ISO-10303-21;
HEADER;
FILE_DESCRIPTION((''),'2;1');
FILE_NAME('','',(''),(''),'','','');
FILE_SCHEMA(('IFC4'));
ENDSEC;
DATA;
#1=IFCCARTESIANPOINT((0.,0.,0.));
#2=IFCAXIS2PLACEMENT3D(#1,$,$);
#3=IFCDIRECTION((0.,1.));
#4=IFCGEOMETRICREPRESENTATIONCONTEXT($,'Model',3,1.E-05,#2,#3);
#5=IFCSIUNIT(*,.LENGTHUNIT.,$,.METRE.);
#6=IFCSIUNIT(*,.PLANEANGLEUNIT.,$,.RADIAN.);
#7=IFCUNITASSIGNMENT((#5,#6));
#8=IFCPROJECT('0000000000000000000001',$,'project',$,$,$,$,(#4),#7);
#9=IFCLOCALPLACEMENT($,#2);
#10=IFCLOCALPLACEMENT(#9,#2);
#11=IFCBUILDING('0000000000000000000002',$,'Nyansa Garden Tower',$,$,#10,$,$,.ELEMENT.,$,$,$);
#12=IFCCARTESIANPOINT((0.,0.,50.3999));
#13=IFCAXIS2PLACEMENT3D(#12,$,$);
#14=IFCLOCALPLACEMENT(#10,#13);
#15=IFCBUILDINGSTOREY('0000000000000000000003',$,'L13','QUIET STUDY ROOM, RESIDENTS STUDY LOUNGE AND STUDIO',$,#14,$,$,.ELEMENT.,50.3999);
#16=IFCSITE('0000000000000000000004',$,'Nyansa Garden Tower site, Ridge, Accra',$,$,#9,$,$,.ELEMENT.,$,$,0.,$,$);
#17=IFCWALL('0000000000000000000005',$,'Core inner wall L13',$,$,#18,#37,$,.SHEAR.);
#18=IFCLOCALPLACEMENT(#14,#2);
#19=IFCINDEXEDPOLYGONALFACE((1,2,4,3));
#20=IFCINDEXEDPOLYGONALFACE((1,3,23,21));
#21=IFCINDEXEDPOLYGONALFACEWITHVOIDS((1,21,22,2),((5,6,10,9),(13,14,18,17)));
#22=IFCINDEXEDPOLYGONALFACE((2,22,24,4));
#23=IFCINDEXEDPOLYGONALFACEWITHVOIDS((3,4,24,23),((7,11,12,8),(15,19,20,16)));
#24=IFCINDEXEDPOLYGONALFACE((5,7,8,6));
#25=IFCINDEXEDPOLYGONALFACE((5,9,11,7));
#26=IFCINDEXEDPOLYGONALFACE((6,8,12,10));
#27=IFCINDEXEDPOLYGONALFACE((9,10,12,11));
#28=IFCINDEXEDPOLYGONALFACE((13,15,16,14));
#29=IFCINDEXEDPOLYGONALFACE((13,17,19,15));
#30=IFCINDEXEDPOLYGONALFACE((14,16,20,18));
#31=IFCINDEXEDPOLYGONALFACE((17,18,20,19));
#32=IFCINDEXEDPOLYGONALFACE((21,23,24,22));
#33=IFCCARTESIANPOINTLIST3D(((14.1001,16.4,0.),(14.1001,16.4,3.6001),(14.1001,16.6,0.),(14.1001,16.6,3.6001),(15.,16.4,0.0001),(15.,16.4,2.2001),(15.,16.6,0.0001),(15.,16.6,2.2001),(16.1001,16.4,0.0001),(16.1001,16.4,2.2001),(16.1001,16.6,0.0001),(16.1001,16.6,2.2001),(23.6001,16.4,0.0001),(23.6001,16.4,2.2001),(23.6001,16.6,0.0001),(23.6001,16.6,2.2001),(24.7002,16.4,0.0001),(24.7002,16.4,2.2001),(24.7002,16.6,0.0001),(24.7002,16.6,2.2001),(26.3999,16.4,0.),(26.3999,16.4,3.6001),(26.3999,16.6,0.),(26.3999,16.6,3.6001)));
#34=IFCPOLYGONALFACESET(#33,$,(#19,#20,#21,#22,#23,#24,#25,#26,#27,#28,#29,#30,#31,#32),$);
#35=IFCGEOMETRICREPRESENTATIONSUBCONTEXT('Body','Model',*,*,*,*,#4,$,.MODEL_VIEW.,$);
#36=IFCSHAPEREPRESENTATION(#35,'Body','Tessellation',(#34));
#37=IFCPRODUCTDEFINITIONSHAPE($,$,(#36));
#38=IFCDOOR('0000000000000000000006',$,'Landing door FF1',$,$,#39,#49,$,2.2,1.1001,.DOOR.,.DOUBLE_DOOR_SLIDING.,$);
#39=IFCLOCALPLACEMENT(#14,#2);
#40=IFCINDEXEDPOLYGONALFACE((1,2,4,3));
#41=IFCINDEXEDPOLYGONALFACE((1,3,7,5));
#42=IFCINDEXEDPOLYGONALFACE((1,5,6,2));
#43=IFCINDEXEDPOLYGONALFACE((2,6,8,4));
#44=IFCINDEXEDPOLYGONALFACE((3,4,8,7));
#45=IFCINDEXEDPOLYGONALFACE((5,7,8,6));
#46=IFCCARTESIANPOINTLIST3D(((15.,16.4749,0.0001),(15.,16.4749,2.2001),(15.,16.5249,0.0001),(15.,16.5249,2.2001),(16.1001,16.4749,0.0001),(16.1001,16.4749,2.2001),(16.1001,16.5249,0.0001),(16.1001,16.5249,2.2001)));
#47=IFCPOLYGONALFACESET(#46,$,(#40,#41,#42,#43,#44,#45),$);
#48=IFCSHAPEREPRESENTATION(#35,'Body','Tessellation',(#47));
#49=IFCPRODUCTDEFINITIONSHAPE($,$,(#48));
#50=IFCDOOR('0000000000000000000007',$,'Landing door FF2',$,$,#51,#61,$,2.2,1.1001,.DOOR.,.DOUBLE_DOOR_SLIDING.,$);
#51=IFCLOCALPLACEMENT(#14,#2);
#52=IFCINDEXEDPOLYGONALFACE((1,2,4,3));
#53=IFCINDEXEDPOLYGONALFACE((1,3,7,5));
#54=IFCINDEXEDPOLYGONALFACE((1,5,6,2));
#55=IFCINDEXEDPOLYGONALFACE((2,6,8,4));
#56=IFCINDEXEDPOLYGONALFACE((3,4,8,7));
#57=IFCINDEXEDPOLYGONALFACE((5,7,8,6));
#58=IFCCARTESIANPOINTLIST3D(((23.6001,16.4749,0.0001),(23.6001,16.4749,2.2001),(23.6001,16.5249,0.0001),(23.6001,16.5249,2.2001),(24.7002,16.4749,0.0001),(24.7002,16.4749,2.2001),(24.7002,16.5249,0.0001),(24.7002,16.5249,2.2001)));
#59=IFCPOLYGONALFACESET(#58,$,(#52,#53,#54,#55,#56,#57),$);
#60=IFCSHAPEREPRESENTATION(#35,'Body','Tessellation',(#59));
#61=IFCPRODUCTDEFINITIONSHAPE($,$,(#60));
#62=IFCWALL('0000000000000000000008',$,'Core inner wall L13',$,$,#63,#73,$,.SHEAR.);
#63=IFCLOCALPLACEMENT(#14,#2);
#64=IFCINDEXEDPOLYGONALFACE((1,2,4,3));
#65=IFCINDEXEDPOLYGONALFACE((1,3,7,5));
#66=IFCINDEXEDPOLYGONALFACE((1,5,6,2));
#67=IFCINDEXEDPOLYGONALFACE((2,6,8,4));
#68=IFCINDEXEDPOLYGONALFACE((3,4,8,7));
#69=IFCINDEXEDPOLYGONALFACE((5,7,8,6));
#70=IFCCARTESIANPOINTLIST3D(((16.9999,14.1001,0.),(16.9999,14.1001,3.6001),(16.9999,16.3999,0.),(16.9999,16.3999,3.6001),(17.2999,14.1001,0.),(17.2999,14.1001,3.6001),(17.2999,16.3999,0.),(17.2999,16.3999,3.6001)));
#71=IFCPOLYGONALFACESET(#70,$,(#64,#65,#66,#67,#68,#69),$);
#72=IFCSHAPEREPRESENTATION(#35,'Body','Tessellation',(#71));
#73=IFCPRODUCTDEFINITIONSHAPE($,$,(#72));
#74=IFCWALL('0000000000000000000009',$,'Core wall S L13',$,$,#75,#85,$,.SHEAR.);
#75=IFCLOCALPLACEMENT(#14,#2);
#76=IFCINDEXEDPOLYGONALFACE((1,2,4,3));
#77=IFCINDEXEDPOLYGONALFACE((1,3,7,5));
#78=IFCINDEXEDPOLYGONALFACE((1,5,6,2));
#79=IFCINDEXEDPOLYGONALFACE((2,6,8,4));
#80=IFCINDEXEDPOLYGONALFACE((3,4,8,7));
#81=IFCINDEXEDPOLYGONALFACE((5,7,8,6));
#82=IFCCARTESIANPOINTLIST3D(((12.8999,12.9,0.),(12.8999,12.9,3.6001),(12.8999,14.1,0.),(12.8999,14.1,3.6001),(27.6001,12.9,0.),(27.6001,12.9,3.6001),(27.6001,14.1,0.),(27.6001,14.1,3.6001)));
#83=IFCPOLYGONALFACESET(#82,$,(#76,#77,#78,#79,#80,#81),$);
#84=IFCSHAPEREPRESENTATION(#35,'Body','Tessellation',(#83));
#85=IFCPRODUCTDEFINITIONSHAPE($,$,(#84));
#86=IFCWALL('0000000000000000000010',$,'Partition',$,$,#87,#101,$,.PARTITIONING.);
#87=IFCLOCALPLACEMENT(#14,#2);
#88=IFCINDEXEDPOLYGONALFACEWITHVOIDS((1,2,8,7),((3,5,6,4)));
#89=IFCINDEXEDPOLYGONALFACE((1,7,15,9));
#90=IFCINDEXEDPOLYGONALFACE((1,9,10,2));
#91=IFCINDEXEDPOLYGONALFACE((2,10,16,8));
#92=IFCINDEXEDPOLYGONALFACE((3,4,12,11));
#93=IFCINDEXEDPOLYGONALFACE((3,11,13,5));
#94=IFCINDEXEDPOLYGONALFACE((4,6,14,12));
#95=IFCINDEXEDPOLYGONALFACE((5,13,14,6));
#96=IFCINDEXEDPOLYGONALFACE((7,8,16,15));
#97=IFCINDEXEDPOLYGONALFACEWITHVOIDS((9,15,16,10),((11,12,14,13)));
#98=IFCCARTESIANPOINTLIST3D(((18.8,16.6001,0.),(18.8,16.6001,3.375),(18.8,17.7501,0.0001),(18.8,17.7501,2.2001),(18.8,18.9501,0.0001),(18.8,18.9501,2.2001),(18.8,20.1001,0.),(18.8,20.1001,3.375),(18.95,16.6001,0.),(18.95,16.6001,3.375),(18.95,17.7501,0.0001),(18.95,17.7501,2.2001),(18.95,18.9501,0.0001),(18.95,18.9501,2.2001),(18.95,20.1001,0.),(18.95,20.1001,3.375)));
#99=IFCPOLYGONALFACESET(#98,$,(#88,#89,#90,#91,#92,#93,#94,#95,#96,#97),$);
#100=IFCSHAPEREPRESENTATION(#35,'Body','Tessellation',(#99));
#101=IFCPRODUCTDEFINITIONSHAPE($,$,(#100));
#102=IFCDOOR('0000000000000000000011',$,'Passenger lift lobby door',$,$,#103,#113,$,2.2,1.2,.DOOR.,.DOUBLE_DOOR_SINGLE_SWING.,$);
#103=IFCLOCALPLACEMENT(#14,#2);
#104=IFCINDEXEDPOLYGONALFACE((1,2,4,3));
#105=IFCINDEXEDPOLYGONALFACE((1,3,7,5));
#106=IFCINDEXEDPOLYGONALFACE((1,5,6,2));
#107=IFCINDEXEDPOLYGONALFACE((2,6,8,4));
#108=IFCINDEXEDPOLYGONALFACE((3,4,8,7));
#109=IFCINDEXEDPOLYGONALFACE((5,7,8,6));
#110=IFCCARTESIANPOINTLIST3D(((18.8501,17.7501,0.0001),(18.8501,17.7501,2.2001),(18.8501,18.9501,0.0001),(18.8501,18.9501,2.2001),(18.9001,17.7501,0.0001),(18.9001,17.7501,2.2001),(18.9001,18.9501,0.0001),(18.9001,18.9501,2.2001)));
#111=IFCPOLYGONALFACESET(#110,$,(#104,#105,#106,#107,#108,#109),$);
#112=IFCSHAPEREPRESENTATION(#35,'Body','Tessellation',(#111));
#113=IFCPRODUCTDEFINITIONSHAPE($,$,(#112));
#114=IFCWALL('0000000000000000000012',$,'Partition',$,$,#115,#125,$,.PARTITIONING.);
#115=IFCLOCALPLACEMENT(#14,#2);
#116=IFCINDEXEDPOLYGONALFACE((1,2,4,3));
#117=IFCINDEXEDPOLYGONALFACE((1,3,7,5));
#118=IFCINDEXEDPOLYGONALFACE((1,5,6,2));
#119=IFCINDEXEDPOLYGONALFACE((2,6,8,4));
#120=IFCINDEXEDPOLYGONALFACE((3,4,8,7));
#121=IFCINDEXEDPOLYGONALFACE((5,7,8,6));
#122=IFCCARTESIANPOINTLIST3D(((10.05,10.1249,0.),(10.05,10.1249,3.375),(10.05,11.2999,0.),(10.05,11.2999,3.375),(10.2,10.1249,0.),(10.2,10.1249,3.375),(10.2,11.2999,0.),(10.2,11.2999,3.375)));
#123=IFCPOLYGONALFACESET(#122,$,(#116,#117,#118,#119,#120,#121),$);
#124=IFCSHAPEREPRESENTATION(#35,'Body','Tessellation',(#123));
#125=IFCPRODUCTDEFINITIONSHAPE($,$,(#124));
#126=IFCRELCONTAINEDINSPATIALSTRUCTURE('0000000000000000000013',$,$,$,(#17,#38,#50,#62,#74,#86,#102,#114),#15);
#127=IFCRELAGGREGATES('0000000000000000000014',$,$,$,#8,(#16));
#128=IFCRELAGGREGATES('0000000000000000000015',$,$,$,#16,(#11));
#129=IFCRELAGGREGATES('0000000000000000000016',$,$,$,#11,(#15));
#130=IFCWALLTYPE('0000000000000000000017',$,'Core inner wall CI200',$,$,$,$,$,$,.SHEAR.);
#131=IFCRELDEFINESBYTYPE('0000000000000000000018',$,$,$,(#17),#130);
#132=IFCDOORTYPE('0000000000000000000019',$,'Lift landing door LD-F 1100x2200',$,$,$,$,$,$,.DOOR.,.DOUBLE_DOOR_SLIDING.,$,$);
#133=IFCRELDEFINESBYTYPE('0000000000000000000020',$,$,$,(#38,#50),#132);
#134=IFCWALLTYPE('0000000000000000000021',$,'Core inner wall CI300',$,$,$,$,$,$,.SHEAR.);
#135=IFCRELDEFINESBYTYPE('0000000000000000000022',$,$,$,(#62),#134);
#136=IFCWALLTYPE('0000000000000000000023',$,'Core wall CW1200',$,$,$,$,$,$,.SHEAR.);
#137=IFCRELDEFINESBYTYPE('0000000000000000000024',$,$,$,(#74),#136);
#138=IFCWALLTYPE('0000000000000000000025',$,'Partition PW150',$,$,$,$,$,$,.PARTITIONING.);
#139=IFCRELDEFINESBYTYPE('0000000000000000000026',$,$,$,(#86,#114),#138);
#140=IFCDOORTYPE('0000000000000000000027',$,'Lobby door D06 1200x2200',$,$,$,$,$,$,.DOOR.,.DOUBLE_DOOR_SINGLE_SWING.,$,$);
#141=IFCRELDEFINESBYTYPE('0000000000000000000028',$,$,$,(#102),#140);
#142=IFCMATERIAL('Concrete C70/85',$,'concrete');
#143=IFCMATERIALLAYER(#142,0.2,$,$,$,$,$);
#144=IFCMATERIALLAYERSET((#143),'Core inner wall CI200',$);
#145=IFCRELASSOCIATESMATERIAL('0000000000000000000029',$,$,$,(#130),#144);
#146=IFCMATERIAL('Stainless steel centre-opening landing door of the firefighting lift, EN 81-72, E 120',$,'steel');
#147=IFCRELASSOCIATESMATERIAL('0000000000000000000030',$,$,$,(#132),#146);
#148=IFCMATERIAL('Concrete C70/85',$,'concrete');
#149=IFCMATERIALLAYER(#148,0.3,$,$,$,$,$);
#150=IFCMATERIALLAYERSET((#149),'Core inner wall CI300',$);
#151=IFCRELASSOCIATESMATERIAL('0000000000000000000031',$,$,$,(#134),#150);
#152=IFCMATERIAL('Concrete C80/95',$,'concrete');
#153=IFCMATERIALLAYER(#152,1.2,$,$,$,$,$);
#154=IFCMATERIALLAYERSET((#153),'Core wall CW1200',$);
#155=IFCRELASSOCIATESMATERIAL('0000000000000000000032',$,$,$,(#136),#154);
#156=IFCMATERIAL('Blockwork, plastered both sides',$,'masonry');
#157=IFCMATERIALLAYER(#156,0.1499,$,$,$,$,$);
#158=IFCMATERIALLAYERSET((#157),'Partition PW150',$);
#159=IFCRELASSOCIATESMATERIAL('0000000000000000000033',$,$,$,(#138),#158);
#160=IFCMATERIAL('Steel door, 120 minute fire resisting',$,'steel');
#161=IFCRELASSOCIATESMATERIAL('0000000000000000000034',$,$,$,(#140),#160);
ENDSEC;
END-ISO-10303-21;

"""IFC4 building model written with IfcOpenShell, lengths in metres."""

from ifc_helpers import new_model, si_unit, direction, frame, frame_2d, origin, place, context, subcontext, project, spatial, rectangle, extrude, material, layer, layer_set, type_object, element, fill, save


model = new_model("IFC4")

# Units and contexts
model_context = context("Model", 3, precision=1e-05, world=origin(), true_north=direction((0.0, 1.0)))
body_context = subcontext(model_context, "Body", "Model", "MODEL_VIEW")
ifc_project = project(units=[si_unit("LENGTHUNIT", "METRE"), si_unit("PLANEANGLEUNIT", "RADIAN")], contexts=[model_context])

# Site, building, storey
site_placement = place(None, origin())
site = spatial("IfcSite", under=ifc_project, at=site_placement, Name="Nyansa Garden Tower site, Ridge, Accra", CompositionType="ELEMENT", RefElevation=0.0)
building_placement = place(site_placement, origin())
building = spatial("IfcBuilding", under=site, at=building_placement, Name="Nyansa Garden Tower", CompositionType="ELEMENT")
storey_placement = place(building_placement, frame((0.0, 0.0, 50.3999)))
storey = spatial("IfcBuildingStorey", under=building, at=storey_placement, Name="L13", Description="QUIET STUDY ROOM, RESIDENTS STUDY LOUNGE AND STUDIO", CompositionType="ELEMENT", Elevation=50.3999)

# Wall, openings, doors
ifc_material_1 = material(Name="Concrete C70/85", Category="concrete")
ifc_layer_1 = layer(ifc_material_1, 0.2)
ifc_layer_set_1 = layer_set([ifc_layer_1], Name="Core inner wall CI200")
wall_type_1 = type_object("IfcWallType", Name="Core inner wall CI200", PredefinedType="SHEAR", material=ifc_layer_set_1)
wall_1_placement = place(storey_placement, frame((14.1001, 16.5, 0.0), z_axis=(0.0, 0.0, 1.0), x_axis=(1.0, 0.0, 0.0)))
wall_1 = element("IfcWall", 1, at=wall_1_placement, inside=storey, type_object=wall_type_1, Name="Core inner wall L13", PredefinedType="SHEAR", context=body_context, shape_type="SweptSolid", body=[
    extrude(rectangle(XDim=12.2998, YDim=0.2, at=frame_2d((6.1499, 0.0))), origin(), (0.0, 0.0, 1.0), 3.6001),
])
opening_1_placement = place(wall_1_placement, frame((0.8999, 0.0, 0.0)))
opening_1 = element("IfcOpeningElement", 2, at=opening_1_placement, cuts=wall_1, PredefinedType="OPENING", context=body_context, shape_type="SweptSolid", body=[
    extrude(rectangle(XDim=1.1001, YDim=2.2, at=frame_2d((0.55, 1.1001))), frame((0.0, 0.1099, 0.0), z_axis=(0.0, -1.0, 0.0), x_axis=(1.0, 0.0, 0.0)), (0.0, 0.0, 1.0), 0.22),
])
opening_2_placement = place(wall_1_placement, frame((9.5, 0.0, 0.0)))
opening_2 = element("IfcOpeningElement", 3, at=opening_2_placement, cuts=wall_1, PredefinedType="OPENING", context=body_context, shape_type="SweptSolid", body=[
    extrude(rectangle(XDim=1.1001, YDim=2.2, at=frame_2d((0.55, 1.1001))), frame((0.0, 0.1099, 0.0), z_axis=(0.0, -1.0, 0.0), x_axis=(1.0, 0.0, 0.0)), (0.0, 0.0, 1.0), 0.22),
])
ifc_material_2 = material(Name="Stainless steel centre-opening landing door of the firefighting lift, EN 81-72, E 120", Category="steel")
door_type_1 = type_object("IfcDoorType", Name="Lift landing door LD-F 1100x2200", OperationType="DOUBLE_DOOR_SLIDING", PredefinedType="DOOR", material=ifc_material_2)
door_1_placement = place(opening_1_placement, origin())
door_1 = element("IfcDoor", 4, at=door_1_placement, inside=storey, type_object=door_type_1, Name="Landing door FF1", OperationType="DOUBLE_DOOR_SLIDING", OverallHeight=2.2, OverallWidth=1.1001, PredefinedType="DOOR", context=body_context, shape_type="SweptSolid", body=[
    extrude(rectangle(XDim=1.1001, YDim=2.2, at=frame_2d((0.55, 1.1001))), frame((0.0, 0.0249, 0.0), z_axis=(0.0, -1.0, 0.0), x_axis=(1.0, 0.0, 0.0)), (0.0, 0.0, 1.0), 0.05),
])
fill(opening_1, door_1)
door_2_placement = place(opening_2_placement, origin())
door_2 = element("IfcDoor", 5, at=door_2_placement, inside=storey, type_object=door_type_1, Name="Landing door FF2", OperationType="DOUBLE_DOOR_SLIDING", OverallHeight=2.2, OverallWidth=1.1001, PredefinedType="DOOR", context=body_context, shape_type="SweptSolid", body=[
    extrude(rectangle(XDim=1.1001, YDim=2.2, at=frame_2d((0.55, 1.1001))), frame((0.0, 0.0249, 0.0), z_axis=(0.0, -1.0, 0.0), x_axis=(1.0, 0.0, 0.0)), (0.0, 0.0, 1.0), 0.05),
])
fill(opening_2, door_2)

# Walls
ifc_material_3 = material(Name="Concrete C70/85", Category="concrete")
ifc_layer_2 = layer(ifc_material_3, 0.3)
ifc_layer_set_2 = layer_set([ifc_layer_2], Name="Core inner wall CI300")
wall_type_2 = type_object("IfcWallType", Name="Core inner wall CI300", PredefinedType="SHEAR", material=ifc_layer_set_2)
wall_2_placement = place(storey_placement, frame((17.1499, 14.1001, 0.0), z_axis=(0.0, 0.0, 1.0), x_axis=(0.0, 1.0, 0.0)))
element("IfcWall", 6, at=wall_2_placement, inside=storey, type_object=wall_type_2, Name="Core inner wall L13", PredefinedType="SHEAR", context=body_context, shape_type="SweptSolid", body=[
    extrude(rectangle(XDim=2.2998, YDim=0.3, at=frame_2d((1.1499, 0.0))), origin(), (0.0, 0.0, 1.0), 3.6001),
])
ifc_material_4 = material(Name="Concrete C80/95", Category="concrete")
ifc_layer_3 = layer(ifc_material_4, 1.2)
ifc_layer_set_3 = layer_set([ifc_layer_3], Name="Core wall CW1200")
wall_type_3 = type_object("IfcWallType", Name="Core wall CW1200", PredefinedType="SHEAR", material=ifc_layer_set_3)
wall_3_placement = place(storey_placement, frame((12.8999, 13.5, 0.0), z_axis=(0.0, 0.0, 1.0), x_axis=(1.0, 0.0, 0.0)))
element("IfcWall", 7, at=wall_3_placement, inside=storey, type_object=wall_type_3, Name="Core wall S L13", PredefinedType="SHEAR", context=body_context, shape_type="SweptSolid", body=[
    extrude(rectangle(XDim=14.7002, YDim=1.2, at=frame_2d((7.3501, 0.0))), origin(), (0.0, 0.0, 1.0), 3.6001),
])

# Wall, opening, door
ifc_material_5 = material(Name="Blockwork, plastered both sides", Category="masonry")
ifc_layer_4 = layer(ifc_material_5, 0.1499)
ifc_layer_set_4 = layer_set([ifc_layer_4], Name="Partition PW150")
wall_type_4 = type_object("IfcWallType", Name="Partition PW150", PredefinedType="PARTITIONING", material=ifc_layer_set_4)
wall_4_placement = place(storey_placement, frame((18.875, 16.6001, 0.0), z_axis=(0.0, 0.0, 1.0), x_axis=(0.0, 1.0, 0.0)))
wall_4 = element("IfcWall", 8, at=wall_4_placement, inside=storey, type_object=wall_type_4, Name="Partition", PredefinedType="PARTITIONING", context=body_context, shape_type="SweptSolid", body=[
    extrude(rectangle(XDim=3.5, YDim=0.1499, at=frame_2d((1.75, 0.0))), origin(), (0.0, 0.0, 1.0), 3.375),
])
opening_3_placement = place(wall_4_placement, frame((1.1499, 0.0, 0.0)))
opening_3 = element("IfcOpeningElement", 9, at=opening_3_placement, cuts=wall_4, PredefinedType="OPENING", context=body_context, shape_type="SweptSolid", body=[
    extrude(rectangle(XDim=1.2, YDim=2.2, at=frame_2d((0.6001, 1.1001))), frame((0.0, 0.085, 0.0), z_axis=(0.0, -1.0, 0.0), x_axis=(1.0, 0.0, 0.0)), (0.0, 0.0, 1.0), 0.1699),
])
ifc_material_6 = material(Name="Steel door, 120 minute fire resisting", Category="steel")
door_type_2 = type_object("IfcDoorType", Name="Lobby door D06 1200x2200", OperationType="DOUBLE_DOOR_SINGLE_SWING", PredefinedType="DOOR", material=ifc_material_6)
door_3_placement = place(opening_3_placement, origin())
door_3 = element("IfcDoor", 10, at=door_3_placement, inside=storey, type_object=door_type_2, Name="Passenger lift lobby door", OperationType="DOUBLE_DOOR_SINGLE_SWING", OverallHeight=2.2, OverallWidth=1.2, PredefinedType="DOOR", context=body_context, shape_type="SweptSolid", body=[
    extrude(rectangle(XDim=1.2, YDim=2.2, at=frame_2d((0.6001, 1.1001))), frame((0.0, 0.0249, 0.0), z_axis=(0.0, -1.0, 0.0), x_axis=(1.0, 0.0, 0.0)), (0.0, 0.0, 1.0), 0.05),
])
fill(opening_3, door_3)

# Wall
wall_5_placement = place(storey_placement, frame((10.125, 10.125, 0.0), z_axis=(0.0, 0.0, 1.0), x_axis=(0.0, 1.0, 0.0)))
element("IfcWall", 11, at=wall_5_placement, inside=storey, type_object=wall_type_4, Name="Partition", PredefinedType="PARTITIONING", context=body_context, shape_type="SweptSolid", body=[
    extrude(rectangle(XDim=1.175, YDim=0.1499, at=frame_2d((0.5874, 0.0))), origin(), (0.0, 0.0, 1.0), 3.375),
])

save(model, "model.ifc")
